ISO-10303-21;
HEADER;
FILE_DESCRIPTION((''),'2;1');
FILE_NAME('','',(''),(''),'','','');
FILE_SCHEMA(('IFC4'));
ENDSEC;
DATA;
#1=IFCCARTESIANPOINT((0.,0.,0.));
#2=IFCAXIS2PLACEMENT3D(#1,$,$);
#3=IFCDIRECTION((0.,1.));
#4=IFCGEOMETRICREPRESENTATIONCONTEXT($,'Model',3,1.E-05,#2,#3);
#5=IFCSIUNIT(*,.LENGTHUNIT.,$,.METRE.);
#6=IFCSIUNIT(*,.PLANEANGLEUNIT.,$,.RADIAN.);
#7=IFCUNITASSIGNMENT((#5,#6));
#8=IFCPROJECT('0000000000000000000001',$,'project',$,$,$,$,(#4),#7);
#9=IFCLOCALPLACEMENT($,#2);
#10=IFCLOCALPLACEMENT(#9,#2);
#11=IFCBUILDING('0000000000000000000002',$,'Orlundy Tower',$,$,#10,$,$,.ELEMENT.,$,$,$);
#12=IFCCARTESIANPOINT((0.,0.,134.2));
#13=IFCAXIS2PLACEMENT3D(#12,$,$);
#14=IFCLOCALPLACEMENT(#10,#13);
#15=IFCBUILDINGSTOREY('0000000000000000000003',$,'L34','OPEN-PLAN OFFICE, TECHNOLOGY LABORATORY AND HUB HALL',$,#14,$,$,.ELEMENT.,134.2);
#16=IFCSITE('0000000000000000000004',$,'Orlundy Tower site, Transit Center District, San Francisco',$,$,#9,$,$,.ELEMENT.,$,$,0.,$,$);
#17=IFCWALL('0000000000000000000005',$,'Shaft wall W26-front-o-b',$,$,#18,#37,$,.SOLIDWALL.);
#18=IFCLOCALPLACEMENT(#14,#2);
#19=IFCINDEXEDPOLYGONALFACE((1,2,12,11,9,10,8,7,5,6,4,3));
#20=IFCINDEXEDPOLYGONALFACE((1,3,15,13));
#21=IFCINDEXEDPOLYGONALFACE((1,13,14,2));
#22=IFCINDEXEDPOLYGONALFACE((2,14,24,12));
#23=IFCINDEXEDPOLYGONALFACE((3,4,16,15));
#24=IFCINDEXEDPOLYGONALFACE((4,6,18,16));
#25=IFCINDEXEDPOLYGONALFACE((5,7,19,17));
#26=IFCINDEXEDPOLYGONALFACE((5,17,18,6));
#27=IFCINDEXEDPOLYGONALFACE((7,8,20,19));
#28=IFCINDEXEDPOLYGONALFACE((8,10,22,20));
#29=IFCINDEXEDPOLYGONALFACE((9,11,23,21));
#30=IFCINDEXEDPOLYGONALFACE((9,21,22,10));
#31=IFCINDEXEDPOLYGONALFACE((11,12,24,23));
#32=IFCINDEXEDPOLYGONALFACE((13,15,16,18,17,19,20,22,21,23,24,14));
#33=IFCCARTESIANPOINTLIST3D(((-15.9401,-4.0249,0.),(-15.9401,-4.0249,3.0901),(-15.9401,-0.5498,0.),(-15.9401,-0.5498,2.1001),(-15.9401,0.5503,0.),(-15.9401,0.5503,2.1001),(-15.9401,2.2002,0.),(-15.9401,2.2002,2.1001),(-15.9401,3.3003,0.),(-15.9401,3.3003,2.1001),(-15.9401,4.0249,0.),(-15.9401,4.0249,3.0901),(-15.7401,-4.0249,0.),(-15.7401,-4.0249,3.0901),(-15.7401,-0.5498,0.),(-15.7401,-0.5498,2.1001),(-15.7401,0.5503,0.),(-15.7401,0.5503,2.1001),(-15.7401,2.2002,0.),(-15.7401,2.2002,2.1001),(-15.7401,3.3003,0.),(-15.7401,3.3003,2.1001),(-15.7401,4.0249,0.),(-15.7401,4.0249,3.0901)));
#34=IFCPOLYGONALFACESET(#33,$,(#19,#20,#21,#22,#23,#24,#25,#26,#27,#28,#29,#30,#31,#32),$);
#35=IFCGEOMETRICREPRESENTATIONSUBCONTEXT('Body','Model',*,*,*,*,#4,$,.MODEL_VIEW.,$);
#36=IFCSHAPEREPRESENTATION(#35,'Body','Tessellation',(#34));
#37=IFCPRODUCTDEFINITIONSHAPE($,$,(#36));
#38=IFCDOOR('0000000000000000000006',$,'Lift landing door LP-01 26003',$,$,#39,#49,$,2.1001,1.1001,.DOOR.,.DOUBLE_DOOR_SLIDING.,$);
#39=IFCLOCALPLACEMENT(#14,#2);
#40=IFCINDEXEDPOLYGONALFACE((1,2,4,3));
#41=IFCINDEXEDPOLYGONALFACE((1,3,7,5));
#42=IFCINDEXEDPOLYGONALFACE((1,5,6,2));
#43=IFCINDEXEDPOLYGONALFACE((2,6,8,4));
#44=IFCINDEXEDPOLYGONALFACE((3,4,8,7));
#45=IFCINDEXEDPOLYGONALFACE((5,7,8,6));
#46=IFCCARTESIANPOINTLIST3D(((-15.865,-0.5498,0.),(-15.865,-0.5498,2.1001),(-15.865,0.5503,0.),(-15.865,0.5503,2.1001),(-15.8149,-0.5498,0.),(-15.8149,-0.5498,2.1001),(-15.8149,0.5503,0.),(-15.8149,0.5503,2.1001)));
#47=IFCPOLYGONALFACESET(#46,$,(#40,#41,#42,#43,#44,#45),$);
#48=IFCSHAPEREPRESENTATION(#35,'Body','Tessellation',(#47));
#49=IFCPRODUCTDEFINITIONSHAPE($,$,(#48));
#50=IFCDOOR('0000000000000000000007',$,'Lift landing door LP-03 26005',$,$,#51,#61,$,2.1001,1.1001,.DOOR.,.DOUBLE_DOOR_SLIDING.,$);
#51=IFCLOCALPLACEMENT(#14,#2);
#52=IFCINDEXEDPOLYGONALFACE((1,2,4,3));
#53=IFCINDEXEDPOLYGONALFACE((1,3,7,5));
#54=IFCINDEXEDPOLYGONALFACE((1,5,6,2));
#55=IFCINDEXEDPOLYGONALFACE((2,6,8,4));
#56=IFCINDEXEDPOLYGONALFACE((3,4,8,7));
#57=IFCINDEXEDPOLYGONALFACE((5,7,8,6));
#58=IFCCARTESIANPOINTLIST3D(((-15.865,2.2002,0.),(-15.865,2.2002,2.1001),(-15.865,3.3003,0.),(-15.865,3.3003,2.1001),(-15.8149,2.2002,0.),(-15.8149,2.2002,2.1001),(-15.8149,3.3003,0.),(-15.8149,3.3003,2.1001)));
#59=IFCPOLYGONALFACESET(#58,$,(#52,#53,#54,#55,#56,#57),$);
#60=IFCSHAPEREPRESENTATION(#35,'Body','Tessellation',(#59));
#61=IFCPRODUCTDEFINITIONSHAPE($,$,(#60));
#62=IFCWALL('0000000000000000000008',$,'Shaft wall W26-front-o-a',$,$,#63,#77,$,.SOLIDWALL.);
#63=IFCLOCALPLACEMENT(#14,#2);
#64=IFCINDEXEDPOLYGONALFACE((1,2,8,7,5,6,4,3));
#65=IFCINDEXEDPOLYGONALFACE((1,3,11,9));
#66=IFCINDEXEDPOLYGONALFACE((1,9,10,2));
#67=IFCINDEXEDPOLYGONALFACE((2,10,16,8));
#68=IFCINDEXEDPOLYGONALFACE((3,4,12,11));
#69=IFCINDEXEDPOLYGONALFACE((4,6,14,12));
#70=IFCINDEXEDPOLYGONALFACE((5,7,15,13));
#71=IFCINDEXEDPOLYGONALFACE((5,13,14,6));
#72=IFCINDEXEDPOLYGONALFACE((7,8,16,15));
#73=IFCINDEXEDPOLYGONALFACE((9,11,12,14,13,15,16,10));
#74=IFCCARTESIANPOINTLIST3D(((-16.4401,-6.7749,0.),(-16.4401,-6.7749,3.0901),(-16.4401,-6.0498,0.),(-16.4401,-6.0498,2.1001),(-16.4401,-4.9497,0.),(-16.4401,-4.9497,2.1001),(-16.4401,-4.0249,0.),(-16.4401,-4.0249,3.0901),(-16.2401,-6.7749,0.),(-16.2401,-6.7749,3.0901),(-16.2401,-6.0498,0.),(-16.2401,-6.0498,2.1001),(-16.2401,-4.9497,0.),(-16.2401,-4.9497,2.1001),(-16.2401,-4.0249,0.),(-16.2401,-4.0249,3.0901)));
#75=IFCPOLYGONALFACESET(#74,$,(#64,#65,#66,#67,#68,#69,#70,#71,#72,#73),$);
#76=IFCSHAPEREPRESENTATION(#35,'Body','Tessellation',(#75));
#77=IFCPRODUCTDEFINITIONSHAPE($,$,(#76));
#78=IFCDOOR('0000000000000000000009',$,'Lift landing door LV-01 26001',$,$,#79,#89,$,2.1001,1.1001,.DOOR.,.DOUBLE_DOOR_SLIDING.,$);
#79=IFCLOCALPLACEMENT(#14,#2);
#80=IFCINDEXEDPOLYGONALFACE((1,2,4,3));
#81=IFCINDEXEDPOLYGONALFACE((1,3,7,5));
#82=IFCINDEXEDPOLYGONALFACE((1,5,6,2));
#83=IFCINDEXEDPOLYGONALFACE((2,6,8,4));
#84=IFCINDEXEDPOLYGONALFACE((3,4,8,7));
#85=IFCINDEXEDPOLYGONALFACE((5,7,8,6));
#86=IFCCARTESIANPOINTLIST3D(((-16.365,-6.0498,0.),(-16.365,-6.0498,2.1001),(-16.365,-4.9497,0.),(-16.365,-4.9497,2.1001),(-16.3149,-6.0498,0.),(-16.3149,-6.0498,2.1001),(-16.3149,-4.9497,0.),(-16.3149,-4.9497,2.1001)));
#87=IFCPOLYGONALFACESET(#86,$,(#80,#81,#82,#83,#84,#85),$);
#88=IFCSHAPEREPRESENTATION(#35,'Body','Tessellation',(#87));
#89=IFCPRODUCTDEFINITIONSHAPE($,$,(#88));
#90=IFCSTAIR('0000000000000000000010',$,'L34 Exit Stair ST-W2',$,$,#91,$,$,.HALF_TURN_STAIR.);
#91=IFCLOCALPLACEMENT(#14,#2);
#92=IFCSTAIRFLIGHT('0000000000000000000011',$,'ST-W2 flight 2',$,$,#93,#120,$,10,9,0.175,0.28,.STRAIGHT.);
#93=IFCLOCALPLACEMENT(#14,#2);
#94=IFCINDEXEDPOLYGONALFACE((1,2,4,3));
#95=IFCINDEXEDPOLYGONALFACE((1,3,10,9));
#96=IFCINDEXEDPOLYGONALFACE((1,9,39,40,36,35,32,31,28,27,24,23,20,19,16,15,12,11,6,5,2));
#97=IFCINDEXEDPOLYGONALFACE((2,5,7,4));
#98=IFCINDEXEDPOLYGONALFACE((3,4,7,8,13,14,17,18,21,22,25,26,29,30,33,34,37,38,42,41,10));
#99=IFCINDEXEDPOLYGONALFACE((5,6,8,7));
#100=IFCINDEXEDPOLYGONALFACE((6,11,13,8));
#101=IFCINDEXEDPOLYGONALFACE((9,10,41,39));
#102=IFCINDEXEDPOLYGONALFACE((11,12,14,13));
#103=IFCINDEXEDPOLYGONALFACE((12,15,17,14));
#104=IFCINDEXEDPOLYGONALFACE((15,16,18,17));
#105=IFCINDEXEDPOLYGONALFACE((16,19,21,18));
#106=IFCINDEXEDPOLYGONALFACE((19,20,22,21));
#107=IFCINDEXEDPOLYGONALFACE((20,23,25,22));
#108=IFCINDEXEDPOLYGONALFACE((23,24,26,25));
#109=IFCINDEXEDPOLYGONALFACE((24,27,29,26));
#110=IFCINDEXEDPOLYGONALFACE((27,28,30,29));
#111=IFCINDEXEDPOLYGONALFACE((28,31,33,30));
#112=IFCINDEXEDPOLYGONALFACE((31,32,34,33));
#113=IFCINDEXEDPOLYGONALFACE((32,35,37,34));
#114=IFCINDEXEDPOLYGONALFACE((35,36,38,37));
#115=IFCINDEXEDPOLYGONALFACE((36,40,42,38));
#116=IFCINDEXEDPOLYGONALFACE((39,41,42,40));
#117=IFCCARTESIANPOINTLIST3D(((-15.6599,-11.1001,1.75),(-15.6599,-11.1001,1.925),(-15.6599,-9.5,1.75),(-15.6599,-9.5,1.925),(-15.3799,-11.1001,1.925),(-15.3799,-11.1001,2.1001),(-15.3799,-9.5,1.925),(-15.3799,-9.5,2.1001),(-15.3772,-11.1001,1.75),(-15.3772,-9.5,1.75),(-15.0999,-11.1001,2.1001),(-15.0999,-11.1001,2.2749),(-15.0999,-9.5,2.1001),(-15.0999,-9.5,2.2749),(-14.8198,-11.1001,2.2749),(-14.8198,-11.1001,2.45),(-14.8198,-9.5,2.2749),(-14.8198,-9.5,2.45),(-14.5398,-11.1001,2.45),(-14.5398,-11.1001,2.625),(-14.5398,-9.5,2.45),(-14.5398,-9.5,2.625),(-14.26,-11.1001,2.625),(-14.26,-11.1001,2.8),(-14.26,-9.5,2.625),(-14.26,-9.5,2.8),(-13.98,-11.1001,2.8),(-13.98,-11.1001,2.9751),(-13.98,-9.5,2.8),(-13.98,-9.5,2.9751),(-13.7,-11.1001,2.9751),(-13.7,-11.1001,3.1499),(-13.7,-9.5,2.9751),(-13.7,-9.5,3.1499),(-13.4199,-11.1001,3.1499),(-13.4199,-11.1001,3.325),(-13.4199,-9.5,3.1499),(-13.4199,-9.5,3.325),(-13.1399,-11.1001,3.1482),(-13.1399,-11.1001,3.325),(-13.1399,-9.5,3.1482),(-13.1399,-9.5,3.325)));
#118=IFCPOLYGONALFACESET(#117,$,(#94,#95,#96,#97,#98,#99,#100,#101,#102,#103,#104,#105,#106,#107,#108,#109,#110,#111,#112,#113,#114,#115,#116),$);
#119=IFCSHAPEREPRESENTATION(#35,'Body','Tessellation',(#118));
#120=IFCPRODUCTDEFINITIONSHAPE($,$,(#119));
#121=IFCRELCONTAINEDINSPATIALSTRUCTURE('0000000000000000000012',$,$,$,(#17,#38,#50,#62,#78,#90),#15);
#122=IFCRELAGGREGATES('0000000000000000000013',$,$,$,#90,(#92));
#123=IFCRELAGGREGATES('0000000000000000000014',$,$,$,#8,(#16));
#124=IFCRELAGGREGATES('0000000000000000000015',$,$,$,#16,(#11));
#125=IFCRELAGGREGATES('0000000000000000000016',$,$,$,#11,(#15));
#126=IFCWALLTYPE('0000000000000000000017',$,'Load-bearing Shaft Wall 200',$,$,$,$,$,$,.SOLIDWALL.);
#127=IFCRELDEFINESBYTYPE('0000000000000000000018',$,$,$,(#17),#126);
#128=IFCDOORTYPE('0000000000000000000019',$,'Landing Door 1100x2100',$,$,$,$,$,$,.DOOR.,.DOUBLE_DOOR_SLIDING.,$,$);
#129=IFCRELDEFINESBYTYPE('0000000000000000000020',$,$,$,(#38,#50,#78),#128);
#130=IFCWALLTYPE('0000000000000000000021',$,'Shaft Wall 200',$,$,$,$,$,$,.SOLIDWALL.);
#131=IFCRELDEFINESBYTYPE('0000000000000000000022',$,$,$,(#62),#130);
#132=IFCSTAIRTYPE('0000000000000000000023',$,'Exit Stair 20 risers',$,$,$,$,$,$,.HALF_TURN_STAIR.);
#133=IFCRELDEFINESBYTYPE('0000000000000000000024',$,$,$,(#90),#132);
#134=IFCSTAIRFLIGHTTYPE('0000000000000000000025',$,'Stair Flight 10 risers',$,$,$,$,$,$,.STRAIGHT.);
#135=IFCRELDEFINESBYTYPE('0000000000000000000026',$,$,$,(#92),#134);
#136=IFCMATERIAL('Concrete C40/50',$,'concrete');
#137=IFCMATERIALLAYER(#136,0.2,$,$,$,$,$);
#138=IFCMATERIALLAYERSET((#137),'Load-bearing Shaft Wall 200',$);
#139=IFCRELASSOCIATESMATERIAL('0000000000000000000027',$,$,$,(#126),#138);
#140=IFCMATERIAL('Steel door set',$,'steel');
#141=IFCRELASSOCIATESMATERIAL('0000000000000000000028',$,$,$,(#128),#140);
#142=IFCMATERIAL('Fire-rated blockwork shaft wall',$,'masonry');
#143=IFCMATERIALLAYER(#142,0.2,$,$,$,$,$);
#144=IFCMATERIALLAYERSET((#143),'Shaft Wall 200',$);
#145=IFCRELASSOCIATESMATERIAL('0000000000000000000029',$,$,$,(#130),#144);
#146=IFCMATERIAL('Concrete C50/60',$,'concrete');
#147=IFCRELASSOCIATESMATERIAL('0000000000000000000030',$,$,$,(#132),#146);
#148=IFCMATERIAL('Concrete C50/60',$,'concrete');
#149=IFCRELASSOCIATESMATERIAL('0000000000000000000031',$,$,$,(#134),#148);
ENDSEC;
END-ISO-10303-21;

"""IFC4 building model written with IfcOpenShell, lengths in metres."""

from ifc_helpers import new_model, si_unit, direction, frame, frame_2d, origin, place, context, subcontext, project, spatial, polyline, rectangle, outline, extrude, material, layer, layer_set, type_object, element, fill, aggregate, save


model = new_model("IFC4")

# Units and contexts
model_context = context("Model", 3, precision=1e-05, world=origin(), true_north=direction((0.0, 1.0)))
body_context = subcontext(model_context, "Body", "Model", "MODEL_VIEW")
ifc_project = project(units=[si_unit("LENGTHUNIT", "METRE"), si_unit("PLANEANGLEUNIT", "RADIAN")], contexts=[model_context])

# Site, building, storey
site_placement = place(None, origin())
site = spatial("IfcSite", under=ifc_project, at=site_placement, Name="Orlundy Tower site, Transit Center District, San Francisco", CompositionType="ELEMENT", RefElevation=0.0)
building_placement = place(site_placement, origin())
building = spatial("IfcBuilding", under=site, at=building_placement, Name="Orlundy Tower", CompositionType="ELEMENT")
storey_placement = place(building_placement, frame((0.0, 0.0, 134.2)))
storey = spatial("IfcBuildingStorey", under=building, at=storey_placement, Name="L34", Description="OPEN-PLAN OFFICE, TECHNOLOGY LABORATORY AND HUB HALL", CompositionType="ELEMENT", Elevation=134.2)

# Wall, openings, doors
ifc_material_1 = material(Name="Concrete C40/50", Category="concrete")
ifc_layer_1 = layer(ifc_material_1, 0.2)
ifc_layer_set_1 = layer_set([ifc_layer_1], Name="Load-bearing Shaft Wall 200")
wall_type_1 = type_object("IfcWallType", Name="Load-bearing Shaft Wall 200", PredefinedType="SOLIDWALL", material=ifc_layer_set_1)
wall_1_placement = place(storey_placement, frame((-15.8401, -4.0249, 0.0), z_axis=(0.0, 0.0, 1.0), x_axis=(0.0, 1.0, 0.0)))
wall_1 = element("IfcWall", 1, at=wall_1_placement, inside=storey, type_object=wall_type_1, Name="Shaft wall W26-front-o-b", PredefinedType="SOLIDWALL", context=body_context, shape_type="SweptSolid", body=[
    extrude(rectangle(XDim=8.0498, YDim=0.2, at=frame_2d((4.0249, 0.0))), origin(), (0.0, 0.0, 1.0), 3.0901),
])
opening_1_placement = place(wall_1_placement, frame((3.4751, 0.0, 0.0)))
opening_1 = element("IfcOpeningElement", 2, at=opening_1_placement, cuts=wall_1, PredefinedType="OPENING", context=body_context, shape_type="SweptSolid", body=[
    extrude(rectangle(XDim=1.1001, YDim=2.1001, at=frame_2d((0.55, 1.05))), frame((0.0, 0.1101, 0.0), z_axis=(0.0, -1.0, 0.0), x_axis=(1.0, 0.0, 0.0)), (0.0, 0.0, 1.0), 0.2202),
])
opening_2_placement = place(wall_1_placement, frame((6.2251, 0.0, 0.0)))
opening_2 = element("IfcOpeningElement", 3, at=opening_2_placement, cuts=wall_1, PredefinedType="OPENING", context=body_context, shape_type="SweptSolid", body=[
    extrude(rectangle(XDim=1.1001, YDim=2.1001, at=frame_2d((0.55, 1.05))), frame((0.0, 0.1101, 0.0), z_axis=(0.0, -1.0, 0.0), x_axis=(1.0, 0.0, 0.0)), (0.0, 0.0, 1.0), 0.2202),
])
ifc_material_2 = material(Name="Steel door set", Category="steel")
door_type = type_object("IfcDoorType", Name="Landing Door 1100x2100", OperationType="DOUBLE_DOOR_SLIDING", PredefinedType="DOOR", material=ifc_material_2)
door_1_placement = place(opening_1_placement, origin())
door_1 = element("IfcDoor", 4, at=door_1_placement, inside=storey, type_object=door_type, Name="Lift landing door LP-01 26003", OperationType="DOUBLE_DOOR_SLIDING", OverallHeight=2.1001, OverallWidth=1.1001, PredefinedType="DOOR", context=body_context, shape_type="SweptSolid", body=[
    extrude(rectangle(XDim=1.1001, YDim=2.1001, at=frame_2d((0.55, 1.05))), frame((0.0, 0.0249, 0.0), z_axis=(0.0, -1.0, 0.0), x_axis=(1.0, 0.0, 0.0)), (0.0, 0.0, 1.0), 0.05),
])
fill(opening_1, door_1)
door_2_placement = place(opening_2_placement, origin())
door_2 = element("IfcDoor", 5, at=door_2_placement, inside=storey, type_object=door_type, Name="Lift landing door LP-03 26005", OperationType="DOUBLE_DOOR_SLIDING", OverallHeight=2.1001, OverallWidth=1.1001, PredefinedType="DOOR", context=body_context, shape_type="SweptSolid", body=[
    extrude(rectangle(XDim=1.1001, YDim=2.1001, at=frame_2d((0.55, 1.05))), frame((0.0, 0.0249, 0.0), z_axis=(0.0, -1.0, 0.0), x_axis=(1.0, 0.0, 0.0)), (0.0, 0.0, 1.0), 0.05),
])
fill(opening_2, door_2)

# Wall, opening, door
ifc_material_3 = material(Name="Fire-rated blockwork shaft wall", Category="masonry")
ifc_layer_2 = layer(ifc_material_3, 0.2)
ifc_layer_set_2 = layer_set([ifc_layer_2], Name="Shaft Wall 200")
wall_type_2 = type_object("IfcWallType", Name="Shaft Wall 200", PredefinedType="SOLIDWALL", material=ifc_layer_set_2)
wall_2_placement = place(storey_placement, frame((-16.3401, -6.7749, 0.0), z_axis=(0.0, 0.0, 1.0), x_axis=(0.0, 1.0, 0.0)))
wall_2 = element("IfcWall", 6, at=wall_2_placement, inside=storey, type_object=wall_type_2, Name="Shaft wall W26-front-o-a", PredefinedType="SOLIDWALL", context=body_context, shape_type="SweptSolid", body=[
    extrude(rectangle(XDim=2.75, YDim=0.2, at=frame_2d((1.375, 0.0))), origin(), (0.0, 0.0, 1.0), 3.0901),
])
opening_3_placement = place(wall_2_placement, frame((0.7251, 0.0, 0.0)))
opening_3 = element("IfcOpeningElement", 7, at=opening_3_placement, cuts=wall_2, PredefinedType="OPENING", context=body_context, shape_type="SweptSolid", body=[
    extrude(rectangle(XDim=1.1001, YDim=2.1001, at=frame_2d((0.55, 1.05))), frame((0.0, 0.1101, 0.0), z_axis=(0.0, -1.0, 0.0), x_axis=(1.0, 0.0, 0.0)), (0.0, 0.0, 1.0), 0.2202),
])
door_3_placement = place(opening_3_placement, origin())
door_3 = element("IfcDoor", 8, at=door_3_placement, inside=storey, type_object=door_type, Name="Lift landing door LV-01 26001", OperationType="DOUBLE_DOOR_SLIDING", OverallHeight=2.1001, OverallWidth=1.1001, PredefinedType="DOOR", context=body_context, shape_type="SweptSolid", body=[
    extrude(rectangle(XDim=1.1001, YDim=2.1001, at=frame_2d((0.55, 1.05))), frame((0.0, 0.0249, 0.0), z_axis=(0.0, -1.0, 0.0), x_axis=(1.0, 0.0, 0.0)), (0.0, 0.0, 1.0), 0.05),
])
fill(opening_3, door_3)

# Stair, stair flight
ifc_material_4 = material(Name="Concrete C50/60", Category="concrete")
stair_type = type_object("IfcStairType", Name="Exit Stair 20 risers", PredefinedType="HALF_TURN_STAIR", material=ifc_material_4)
stair_placement = place(storey_placement, origin())
stair = element("IfcStair", 9, at=stair_placement, inside=storey, type_object=stair_type, Name="L34 Exit Stair ST-W2", PredefinedType="HALF_TURN_STAIR")
ifc_material_5 = material(Name="Concrete C50/60", Category="concrete")
stair_flight_type = type_object("IfcStairFlightType", Name="Stair Flight 10 risers", PredefinedType="STRAIGHT", material=ifc_material_5)
stair_flight_placement = place(storey_placement, frame((-15.6599, -10.3, 1.75), z_axis=(0.0, 0.0, 1.0), x_axis=(1.0, 0.0, 0.0)))
stair_flight = element("IfcStairFlight", 10, at=stair_flight_placement, type_object=stair_flight_type, Name="ST-W2 flight 2", NumberOfRisers=10, NumberOfTreads=9, PredefinedType="STRAIGHT", RiserHeight=0.175, TreadLength=0.28, context=body_context, shape_type="SweptSolid", body=[
    extrude(outline(polyline([(0.0, 0.0), (0.0, 0.175), (0.28, 0.175), (0.28, 0.3501), (0.5601, 0.3501), (0.5601, 0.5249), (0.8401, 0.5249), (0.8401, 0.7), (1.1201, 0.7), (1.1201, 0.875), (1.3999, 0.875), (1.3999, 1.05), (1.6799, 1.05), (1.6799, 1.2251), (1.96, 1.2251), (1.96, 1.3999), (2.24, 1.3999), (2.24, 1.575), (2.52, 1.575), (2.52, 1.75), (2.52, 1.3982), (0.2827, 0.0), (0.0, 0.0)])), frame((0.0, 0.8, 0.0), z_axis=(0.0, -1.0, 0.0), x_axis=(1.0, 0.0, 0.0)), (0.0, 0.0, 1.0), 1.6001),
])
aggregate(stair, [stair_flight])

save(model, "model.ifc")
